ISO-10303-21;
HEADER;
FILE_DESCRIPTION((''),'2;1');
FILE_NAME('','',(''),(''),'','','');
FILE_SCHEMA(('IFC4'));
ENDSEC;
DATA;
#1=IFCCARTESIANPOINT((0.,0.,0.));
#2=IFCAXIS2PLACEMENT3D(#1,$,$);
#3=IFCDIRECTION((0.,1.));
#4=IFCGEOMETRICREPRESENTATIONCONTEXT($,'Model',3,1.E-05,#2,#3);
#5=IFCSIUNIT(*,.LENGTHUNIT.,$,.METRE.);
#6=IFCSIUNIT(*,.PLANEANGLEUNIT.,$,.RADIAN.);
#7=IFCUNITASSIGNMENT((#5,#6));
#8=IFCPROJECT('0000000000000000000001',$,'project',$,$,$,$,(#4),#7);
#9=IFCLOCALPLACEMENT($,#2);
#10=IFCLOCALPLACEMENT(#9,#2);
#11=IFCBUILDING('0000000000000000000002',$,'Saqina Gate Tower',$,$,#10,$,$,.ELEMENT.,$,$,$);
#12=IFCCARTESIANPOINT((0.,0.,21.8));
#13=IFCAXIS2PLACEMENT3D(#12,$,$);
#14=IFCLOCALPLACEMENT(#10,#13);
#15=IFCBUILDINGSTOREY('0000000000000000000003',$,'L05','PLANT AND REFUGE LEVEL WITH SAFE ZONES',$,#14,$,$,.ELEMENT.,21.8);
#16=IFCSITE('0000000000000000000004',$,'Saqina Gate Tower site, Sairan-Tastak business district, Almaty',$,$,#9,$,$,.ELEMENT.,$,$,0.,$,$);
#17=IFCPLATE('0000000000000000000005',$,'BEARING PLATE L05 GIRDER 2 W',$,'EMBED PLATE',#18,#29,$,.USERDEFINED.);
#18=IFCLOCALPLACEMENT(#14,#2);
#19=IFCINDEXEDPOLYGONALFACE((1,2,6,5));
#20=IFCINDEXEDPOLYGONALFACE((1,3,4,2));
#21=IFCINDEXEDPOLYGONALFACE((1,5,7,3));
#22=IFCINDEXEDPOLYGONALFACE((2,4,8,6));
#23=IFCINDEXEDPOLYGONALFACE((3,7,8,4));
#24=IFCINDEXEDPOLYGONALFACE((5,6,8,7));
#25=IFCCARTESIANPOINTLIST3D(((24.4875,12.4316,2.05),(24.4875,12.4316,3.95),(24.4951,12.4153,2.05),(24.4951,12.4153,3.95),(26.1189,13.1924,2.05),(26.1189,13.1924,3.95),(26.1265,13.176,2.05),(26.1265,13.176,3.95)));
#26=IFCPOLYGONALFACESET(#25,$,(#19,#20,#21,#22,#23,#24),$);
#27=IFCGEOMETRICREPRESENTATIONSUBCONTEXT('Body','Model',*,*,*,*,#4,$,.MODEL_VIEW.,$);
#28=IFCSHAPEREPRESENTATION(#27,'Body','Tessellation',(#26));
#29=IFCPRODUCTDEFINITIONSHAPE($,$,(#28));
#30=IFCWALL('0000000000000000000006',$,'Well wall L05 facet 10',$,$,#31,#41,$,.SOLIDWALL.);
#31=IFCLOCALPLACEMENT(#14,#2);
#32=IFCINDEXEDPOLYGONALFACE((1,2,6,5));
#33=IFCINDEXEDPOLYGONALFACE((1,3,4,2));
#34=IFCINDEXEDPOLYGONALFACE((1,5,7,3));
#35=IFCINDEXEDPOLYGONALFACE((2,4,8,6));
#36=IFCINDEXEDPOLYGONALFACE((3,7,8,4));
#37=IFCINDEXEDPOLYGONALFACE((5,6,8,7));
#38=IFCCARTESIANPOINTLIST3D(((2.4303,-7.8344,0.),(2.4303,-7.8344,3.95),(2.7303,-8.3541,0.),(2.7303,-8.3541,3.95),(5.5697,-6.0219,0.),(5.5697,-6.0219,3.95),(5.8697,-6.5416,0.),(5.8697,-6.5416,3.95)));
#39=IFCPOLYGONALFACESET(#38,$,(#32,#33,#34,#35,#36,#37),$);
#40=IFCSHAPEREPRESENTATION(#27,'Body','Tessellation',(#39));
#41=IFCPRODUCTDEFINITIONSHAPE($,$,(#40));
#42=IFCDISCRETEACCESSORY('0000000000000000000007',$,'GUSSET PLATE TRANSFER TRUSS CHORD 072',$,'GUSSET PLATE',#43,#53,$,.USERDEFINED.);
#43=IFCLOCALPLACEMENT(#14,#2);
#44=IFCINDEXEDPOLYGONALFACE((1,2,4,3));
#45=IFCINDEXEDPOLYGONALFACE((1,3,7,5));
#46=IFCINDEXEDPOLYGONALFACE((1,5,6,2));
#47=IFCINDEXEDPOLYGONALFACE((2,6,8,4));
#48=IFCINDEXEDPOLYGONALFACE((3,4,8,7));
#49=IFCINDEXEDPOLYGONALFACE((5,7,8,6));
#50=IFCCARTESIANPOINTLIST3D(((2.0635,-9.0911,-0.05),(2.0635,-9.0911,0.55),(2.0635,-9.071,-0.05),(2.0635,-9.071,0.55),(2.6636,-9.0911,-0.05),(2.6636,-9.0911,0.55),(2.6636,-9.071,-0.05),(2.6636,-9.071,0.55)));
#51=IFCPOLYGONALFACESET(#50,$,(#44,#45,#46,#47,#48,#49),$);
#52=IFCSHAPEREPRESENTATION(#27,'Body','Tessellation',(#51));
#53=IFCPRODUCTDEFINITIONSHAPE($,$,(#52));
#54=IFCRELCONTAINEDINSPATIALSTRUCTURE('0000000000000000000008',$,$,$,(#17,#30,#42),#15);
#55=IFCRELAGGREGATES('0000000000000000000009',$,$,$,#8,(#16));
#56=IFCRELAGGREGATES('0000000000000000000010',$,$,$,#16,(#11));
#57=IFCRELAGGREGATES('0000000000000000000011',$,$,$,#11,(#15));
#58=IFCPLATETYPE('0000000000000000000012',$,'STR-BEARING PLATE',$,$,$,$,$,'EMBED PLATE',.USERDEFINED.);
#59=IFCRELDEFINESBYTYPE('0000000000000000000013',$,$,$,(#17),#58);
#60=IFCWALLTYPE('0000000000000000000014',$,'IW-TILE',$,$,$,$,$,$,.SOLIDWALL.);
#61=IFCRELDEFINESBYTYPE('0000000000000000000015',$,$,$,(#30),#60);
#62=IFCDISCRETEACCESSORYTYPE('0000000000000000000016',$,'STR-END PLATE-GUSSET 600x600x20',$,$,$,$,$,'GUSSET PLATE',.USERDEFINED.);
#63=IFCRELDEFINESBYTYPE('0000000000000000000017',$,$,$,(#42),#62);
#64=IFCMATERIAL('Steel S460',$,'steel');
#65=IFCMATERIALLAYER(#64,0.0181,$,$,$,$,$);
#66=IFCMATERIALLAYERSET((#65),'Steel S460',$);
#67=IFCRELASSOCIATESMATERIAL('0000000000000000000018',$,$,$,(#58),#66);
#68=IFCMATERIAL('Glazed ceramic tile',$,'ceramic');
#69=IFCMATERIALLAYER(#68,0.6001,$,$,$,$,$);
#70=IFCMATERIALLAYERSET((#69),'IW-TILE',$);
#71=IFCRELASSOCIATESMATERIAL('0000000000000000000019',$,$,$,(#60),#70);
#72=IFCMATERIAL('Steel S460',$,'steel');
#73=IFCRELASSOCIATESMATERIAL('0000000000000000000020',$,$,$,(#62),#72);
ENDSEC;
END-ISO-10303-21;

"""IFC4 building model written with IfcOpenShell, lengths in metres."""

from ifc_helpers import new_model, si_unit, direction, frame, frame_2d, origin, origin_2d, place, context, subcontext, project, spatial, polyline, rectangle, outline, extrude, material, layer, layer_set, material_profile, profile_set, type_object, element, save


model = new_model("IFC4")

# Units and contexts
model_context = context("Model", 3, precision=1e-05, world=origin(), true_north=direction((0.0, 1.0)))
body_context = subcontext(model_context, "Body", "Model", "MODEL_VIEW")
ifc_project = project(units=[si_unit("LENGTHUNIT", "METRE"), si_unit("PLANEANGLEUNIT", "RADIAN")], contexts=[model_context])

# Site, building, storey
site_placement = place(None, origin())
site = spatial("IfcSite", under=ifc_project, at=site_placement, Name="Saqina Gate Tower site, Sairan-Tastak business district, Almaty", CompositionType="ELEMENT", RefElevation=0.0)
building_placement = place(site_placement, origin())
building = spatial("IfcBuilding", under=site, at=building_placement, Name="Saqina Gate Tower", CompositionType="ELEMENT")
storey_placement = place(building_placement, frame((0.0, 0.0, 21.8)))
storey = spatial("IfcBuildingStorey", under=building, at=storey_placement, Name="L05", Description="PLANT AND REFUGE LEVEL WITH SAFE ZONES", CompositionType="ELEMENT", Elevation=21.8)

# Plate
ifc_material_1 = material(Name="Steel S460", Category="steel")
ifc_layer_1 = layer(ifc_material_1, 0.0181)
ifc_layer_set_1 = layer_set([ifc_layer_1], Name="Steel S460")
plate_type = type_object("IfcPlateType", Name="STR-BEARING PLATE", ElementType="EMBED PLATE", PredefinedType="USERDEFINED", material=ifc_layer_set_1)
plate_1_placement = place(storey_placement, frame((0.0, 0.0, 2.05)))
element("IfcPlate", 1, at=plate_1_placement, inside=storey, type_object=plate_type, Name="BEARING PLATE L05 GIRDER 2 W", ObjectType="EMBED PLATE", PredefinedType="USERDEFINED", context=body_context, shape_type="SweptSolid", body=[
    extrude(outline(polyline([(26.1189, 13.1924), (24.4875, 12.4316), (24.4951, 12.4153), (26.1265, 13.176), (26.1189, 13.1924)])), origin(), (0.0, 0.0, 1.0), 1.8999),
])

# Wall
ifc_material_2 = material(Name="Glazed ceramic tile", Category="ceramic")
ifc_layer_2 = layer(ifc_material_2, 0.6001)
ifc_layer_set_2 = layer_set([ifc_layer_2], Name="IW-TILE")
wall_type = type_object("IfcWallType", Name="IW-TILE", PredefinedType="SOLIDWALL", material=ifc_layer_set_2)
wall_placement = place(storey_placement, frame((2.5803, -8.0942, 0.0), z_axis=(0.0, 0.0, 1.0), x_axis=(0.86603, 0.499993, 0.0)))
element("IfcWall", 2, at=wall_placement, inside=storey, type_object=wall_type, Name="Well wall L05 facet 10", PredefinedType="SOLIDWALL", context=body_context, shape_type="SweptSolid", body=[
    extrude(rectangle(XDim=3.625, YDim=0.6001, at=frame_2d((1.8125, 0.0))), origin(), (0.0, 0.0, 1.0), 3.95),
])

# Discrete accessory
ifc_material_3 = material(Name="Steel S460", Category="steel")
ifc_material_profile_1 = material_profile(ifc_material_3, rectangle(XDim=0.6001, YDim=0.6001, at=origin_2d()), Name="STR-END PLATE-GUSSET 600x600x20")
ifc_profile_set_1 = profile_set([ifc_material_profile_1], Name="Steel S460")
discrete_accessory_type = type_object("IfcDiscreteAccessoryType", Name="STR-END PLATE-GUSSET 600x600x20", ElementType="GUSSET PLATE", PredefinedType="USERDEFINED", material=ifc_profile_set_1)
discrete_accessory_placement = place(storey_placement, frame((2.3635, -9.071, 0.25), z_axis=(0.0, -1.0, 0.0), x_axis=(1.0, 0.0, 0.0)))
element("IfcDiscreteAccessory", 3, at=discrete_accessory_placement, inside=storey, type_object=discrete_accessory_type, Name="GUSSET PLATE TRANSFER TRUSS CHORD 072", ObjectType="GUSSET PLATE", PredefinedType="USERDEFINED", context=body_context, shape_type="SweptSolid", body=[
    extrude(rectangle(XDim=0.6001, YDim=0.6001, at=origin_2d()), origin(), (0.0, 0.0, 1.0), 0.02),
])

save(model, "model.ifc")
